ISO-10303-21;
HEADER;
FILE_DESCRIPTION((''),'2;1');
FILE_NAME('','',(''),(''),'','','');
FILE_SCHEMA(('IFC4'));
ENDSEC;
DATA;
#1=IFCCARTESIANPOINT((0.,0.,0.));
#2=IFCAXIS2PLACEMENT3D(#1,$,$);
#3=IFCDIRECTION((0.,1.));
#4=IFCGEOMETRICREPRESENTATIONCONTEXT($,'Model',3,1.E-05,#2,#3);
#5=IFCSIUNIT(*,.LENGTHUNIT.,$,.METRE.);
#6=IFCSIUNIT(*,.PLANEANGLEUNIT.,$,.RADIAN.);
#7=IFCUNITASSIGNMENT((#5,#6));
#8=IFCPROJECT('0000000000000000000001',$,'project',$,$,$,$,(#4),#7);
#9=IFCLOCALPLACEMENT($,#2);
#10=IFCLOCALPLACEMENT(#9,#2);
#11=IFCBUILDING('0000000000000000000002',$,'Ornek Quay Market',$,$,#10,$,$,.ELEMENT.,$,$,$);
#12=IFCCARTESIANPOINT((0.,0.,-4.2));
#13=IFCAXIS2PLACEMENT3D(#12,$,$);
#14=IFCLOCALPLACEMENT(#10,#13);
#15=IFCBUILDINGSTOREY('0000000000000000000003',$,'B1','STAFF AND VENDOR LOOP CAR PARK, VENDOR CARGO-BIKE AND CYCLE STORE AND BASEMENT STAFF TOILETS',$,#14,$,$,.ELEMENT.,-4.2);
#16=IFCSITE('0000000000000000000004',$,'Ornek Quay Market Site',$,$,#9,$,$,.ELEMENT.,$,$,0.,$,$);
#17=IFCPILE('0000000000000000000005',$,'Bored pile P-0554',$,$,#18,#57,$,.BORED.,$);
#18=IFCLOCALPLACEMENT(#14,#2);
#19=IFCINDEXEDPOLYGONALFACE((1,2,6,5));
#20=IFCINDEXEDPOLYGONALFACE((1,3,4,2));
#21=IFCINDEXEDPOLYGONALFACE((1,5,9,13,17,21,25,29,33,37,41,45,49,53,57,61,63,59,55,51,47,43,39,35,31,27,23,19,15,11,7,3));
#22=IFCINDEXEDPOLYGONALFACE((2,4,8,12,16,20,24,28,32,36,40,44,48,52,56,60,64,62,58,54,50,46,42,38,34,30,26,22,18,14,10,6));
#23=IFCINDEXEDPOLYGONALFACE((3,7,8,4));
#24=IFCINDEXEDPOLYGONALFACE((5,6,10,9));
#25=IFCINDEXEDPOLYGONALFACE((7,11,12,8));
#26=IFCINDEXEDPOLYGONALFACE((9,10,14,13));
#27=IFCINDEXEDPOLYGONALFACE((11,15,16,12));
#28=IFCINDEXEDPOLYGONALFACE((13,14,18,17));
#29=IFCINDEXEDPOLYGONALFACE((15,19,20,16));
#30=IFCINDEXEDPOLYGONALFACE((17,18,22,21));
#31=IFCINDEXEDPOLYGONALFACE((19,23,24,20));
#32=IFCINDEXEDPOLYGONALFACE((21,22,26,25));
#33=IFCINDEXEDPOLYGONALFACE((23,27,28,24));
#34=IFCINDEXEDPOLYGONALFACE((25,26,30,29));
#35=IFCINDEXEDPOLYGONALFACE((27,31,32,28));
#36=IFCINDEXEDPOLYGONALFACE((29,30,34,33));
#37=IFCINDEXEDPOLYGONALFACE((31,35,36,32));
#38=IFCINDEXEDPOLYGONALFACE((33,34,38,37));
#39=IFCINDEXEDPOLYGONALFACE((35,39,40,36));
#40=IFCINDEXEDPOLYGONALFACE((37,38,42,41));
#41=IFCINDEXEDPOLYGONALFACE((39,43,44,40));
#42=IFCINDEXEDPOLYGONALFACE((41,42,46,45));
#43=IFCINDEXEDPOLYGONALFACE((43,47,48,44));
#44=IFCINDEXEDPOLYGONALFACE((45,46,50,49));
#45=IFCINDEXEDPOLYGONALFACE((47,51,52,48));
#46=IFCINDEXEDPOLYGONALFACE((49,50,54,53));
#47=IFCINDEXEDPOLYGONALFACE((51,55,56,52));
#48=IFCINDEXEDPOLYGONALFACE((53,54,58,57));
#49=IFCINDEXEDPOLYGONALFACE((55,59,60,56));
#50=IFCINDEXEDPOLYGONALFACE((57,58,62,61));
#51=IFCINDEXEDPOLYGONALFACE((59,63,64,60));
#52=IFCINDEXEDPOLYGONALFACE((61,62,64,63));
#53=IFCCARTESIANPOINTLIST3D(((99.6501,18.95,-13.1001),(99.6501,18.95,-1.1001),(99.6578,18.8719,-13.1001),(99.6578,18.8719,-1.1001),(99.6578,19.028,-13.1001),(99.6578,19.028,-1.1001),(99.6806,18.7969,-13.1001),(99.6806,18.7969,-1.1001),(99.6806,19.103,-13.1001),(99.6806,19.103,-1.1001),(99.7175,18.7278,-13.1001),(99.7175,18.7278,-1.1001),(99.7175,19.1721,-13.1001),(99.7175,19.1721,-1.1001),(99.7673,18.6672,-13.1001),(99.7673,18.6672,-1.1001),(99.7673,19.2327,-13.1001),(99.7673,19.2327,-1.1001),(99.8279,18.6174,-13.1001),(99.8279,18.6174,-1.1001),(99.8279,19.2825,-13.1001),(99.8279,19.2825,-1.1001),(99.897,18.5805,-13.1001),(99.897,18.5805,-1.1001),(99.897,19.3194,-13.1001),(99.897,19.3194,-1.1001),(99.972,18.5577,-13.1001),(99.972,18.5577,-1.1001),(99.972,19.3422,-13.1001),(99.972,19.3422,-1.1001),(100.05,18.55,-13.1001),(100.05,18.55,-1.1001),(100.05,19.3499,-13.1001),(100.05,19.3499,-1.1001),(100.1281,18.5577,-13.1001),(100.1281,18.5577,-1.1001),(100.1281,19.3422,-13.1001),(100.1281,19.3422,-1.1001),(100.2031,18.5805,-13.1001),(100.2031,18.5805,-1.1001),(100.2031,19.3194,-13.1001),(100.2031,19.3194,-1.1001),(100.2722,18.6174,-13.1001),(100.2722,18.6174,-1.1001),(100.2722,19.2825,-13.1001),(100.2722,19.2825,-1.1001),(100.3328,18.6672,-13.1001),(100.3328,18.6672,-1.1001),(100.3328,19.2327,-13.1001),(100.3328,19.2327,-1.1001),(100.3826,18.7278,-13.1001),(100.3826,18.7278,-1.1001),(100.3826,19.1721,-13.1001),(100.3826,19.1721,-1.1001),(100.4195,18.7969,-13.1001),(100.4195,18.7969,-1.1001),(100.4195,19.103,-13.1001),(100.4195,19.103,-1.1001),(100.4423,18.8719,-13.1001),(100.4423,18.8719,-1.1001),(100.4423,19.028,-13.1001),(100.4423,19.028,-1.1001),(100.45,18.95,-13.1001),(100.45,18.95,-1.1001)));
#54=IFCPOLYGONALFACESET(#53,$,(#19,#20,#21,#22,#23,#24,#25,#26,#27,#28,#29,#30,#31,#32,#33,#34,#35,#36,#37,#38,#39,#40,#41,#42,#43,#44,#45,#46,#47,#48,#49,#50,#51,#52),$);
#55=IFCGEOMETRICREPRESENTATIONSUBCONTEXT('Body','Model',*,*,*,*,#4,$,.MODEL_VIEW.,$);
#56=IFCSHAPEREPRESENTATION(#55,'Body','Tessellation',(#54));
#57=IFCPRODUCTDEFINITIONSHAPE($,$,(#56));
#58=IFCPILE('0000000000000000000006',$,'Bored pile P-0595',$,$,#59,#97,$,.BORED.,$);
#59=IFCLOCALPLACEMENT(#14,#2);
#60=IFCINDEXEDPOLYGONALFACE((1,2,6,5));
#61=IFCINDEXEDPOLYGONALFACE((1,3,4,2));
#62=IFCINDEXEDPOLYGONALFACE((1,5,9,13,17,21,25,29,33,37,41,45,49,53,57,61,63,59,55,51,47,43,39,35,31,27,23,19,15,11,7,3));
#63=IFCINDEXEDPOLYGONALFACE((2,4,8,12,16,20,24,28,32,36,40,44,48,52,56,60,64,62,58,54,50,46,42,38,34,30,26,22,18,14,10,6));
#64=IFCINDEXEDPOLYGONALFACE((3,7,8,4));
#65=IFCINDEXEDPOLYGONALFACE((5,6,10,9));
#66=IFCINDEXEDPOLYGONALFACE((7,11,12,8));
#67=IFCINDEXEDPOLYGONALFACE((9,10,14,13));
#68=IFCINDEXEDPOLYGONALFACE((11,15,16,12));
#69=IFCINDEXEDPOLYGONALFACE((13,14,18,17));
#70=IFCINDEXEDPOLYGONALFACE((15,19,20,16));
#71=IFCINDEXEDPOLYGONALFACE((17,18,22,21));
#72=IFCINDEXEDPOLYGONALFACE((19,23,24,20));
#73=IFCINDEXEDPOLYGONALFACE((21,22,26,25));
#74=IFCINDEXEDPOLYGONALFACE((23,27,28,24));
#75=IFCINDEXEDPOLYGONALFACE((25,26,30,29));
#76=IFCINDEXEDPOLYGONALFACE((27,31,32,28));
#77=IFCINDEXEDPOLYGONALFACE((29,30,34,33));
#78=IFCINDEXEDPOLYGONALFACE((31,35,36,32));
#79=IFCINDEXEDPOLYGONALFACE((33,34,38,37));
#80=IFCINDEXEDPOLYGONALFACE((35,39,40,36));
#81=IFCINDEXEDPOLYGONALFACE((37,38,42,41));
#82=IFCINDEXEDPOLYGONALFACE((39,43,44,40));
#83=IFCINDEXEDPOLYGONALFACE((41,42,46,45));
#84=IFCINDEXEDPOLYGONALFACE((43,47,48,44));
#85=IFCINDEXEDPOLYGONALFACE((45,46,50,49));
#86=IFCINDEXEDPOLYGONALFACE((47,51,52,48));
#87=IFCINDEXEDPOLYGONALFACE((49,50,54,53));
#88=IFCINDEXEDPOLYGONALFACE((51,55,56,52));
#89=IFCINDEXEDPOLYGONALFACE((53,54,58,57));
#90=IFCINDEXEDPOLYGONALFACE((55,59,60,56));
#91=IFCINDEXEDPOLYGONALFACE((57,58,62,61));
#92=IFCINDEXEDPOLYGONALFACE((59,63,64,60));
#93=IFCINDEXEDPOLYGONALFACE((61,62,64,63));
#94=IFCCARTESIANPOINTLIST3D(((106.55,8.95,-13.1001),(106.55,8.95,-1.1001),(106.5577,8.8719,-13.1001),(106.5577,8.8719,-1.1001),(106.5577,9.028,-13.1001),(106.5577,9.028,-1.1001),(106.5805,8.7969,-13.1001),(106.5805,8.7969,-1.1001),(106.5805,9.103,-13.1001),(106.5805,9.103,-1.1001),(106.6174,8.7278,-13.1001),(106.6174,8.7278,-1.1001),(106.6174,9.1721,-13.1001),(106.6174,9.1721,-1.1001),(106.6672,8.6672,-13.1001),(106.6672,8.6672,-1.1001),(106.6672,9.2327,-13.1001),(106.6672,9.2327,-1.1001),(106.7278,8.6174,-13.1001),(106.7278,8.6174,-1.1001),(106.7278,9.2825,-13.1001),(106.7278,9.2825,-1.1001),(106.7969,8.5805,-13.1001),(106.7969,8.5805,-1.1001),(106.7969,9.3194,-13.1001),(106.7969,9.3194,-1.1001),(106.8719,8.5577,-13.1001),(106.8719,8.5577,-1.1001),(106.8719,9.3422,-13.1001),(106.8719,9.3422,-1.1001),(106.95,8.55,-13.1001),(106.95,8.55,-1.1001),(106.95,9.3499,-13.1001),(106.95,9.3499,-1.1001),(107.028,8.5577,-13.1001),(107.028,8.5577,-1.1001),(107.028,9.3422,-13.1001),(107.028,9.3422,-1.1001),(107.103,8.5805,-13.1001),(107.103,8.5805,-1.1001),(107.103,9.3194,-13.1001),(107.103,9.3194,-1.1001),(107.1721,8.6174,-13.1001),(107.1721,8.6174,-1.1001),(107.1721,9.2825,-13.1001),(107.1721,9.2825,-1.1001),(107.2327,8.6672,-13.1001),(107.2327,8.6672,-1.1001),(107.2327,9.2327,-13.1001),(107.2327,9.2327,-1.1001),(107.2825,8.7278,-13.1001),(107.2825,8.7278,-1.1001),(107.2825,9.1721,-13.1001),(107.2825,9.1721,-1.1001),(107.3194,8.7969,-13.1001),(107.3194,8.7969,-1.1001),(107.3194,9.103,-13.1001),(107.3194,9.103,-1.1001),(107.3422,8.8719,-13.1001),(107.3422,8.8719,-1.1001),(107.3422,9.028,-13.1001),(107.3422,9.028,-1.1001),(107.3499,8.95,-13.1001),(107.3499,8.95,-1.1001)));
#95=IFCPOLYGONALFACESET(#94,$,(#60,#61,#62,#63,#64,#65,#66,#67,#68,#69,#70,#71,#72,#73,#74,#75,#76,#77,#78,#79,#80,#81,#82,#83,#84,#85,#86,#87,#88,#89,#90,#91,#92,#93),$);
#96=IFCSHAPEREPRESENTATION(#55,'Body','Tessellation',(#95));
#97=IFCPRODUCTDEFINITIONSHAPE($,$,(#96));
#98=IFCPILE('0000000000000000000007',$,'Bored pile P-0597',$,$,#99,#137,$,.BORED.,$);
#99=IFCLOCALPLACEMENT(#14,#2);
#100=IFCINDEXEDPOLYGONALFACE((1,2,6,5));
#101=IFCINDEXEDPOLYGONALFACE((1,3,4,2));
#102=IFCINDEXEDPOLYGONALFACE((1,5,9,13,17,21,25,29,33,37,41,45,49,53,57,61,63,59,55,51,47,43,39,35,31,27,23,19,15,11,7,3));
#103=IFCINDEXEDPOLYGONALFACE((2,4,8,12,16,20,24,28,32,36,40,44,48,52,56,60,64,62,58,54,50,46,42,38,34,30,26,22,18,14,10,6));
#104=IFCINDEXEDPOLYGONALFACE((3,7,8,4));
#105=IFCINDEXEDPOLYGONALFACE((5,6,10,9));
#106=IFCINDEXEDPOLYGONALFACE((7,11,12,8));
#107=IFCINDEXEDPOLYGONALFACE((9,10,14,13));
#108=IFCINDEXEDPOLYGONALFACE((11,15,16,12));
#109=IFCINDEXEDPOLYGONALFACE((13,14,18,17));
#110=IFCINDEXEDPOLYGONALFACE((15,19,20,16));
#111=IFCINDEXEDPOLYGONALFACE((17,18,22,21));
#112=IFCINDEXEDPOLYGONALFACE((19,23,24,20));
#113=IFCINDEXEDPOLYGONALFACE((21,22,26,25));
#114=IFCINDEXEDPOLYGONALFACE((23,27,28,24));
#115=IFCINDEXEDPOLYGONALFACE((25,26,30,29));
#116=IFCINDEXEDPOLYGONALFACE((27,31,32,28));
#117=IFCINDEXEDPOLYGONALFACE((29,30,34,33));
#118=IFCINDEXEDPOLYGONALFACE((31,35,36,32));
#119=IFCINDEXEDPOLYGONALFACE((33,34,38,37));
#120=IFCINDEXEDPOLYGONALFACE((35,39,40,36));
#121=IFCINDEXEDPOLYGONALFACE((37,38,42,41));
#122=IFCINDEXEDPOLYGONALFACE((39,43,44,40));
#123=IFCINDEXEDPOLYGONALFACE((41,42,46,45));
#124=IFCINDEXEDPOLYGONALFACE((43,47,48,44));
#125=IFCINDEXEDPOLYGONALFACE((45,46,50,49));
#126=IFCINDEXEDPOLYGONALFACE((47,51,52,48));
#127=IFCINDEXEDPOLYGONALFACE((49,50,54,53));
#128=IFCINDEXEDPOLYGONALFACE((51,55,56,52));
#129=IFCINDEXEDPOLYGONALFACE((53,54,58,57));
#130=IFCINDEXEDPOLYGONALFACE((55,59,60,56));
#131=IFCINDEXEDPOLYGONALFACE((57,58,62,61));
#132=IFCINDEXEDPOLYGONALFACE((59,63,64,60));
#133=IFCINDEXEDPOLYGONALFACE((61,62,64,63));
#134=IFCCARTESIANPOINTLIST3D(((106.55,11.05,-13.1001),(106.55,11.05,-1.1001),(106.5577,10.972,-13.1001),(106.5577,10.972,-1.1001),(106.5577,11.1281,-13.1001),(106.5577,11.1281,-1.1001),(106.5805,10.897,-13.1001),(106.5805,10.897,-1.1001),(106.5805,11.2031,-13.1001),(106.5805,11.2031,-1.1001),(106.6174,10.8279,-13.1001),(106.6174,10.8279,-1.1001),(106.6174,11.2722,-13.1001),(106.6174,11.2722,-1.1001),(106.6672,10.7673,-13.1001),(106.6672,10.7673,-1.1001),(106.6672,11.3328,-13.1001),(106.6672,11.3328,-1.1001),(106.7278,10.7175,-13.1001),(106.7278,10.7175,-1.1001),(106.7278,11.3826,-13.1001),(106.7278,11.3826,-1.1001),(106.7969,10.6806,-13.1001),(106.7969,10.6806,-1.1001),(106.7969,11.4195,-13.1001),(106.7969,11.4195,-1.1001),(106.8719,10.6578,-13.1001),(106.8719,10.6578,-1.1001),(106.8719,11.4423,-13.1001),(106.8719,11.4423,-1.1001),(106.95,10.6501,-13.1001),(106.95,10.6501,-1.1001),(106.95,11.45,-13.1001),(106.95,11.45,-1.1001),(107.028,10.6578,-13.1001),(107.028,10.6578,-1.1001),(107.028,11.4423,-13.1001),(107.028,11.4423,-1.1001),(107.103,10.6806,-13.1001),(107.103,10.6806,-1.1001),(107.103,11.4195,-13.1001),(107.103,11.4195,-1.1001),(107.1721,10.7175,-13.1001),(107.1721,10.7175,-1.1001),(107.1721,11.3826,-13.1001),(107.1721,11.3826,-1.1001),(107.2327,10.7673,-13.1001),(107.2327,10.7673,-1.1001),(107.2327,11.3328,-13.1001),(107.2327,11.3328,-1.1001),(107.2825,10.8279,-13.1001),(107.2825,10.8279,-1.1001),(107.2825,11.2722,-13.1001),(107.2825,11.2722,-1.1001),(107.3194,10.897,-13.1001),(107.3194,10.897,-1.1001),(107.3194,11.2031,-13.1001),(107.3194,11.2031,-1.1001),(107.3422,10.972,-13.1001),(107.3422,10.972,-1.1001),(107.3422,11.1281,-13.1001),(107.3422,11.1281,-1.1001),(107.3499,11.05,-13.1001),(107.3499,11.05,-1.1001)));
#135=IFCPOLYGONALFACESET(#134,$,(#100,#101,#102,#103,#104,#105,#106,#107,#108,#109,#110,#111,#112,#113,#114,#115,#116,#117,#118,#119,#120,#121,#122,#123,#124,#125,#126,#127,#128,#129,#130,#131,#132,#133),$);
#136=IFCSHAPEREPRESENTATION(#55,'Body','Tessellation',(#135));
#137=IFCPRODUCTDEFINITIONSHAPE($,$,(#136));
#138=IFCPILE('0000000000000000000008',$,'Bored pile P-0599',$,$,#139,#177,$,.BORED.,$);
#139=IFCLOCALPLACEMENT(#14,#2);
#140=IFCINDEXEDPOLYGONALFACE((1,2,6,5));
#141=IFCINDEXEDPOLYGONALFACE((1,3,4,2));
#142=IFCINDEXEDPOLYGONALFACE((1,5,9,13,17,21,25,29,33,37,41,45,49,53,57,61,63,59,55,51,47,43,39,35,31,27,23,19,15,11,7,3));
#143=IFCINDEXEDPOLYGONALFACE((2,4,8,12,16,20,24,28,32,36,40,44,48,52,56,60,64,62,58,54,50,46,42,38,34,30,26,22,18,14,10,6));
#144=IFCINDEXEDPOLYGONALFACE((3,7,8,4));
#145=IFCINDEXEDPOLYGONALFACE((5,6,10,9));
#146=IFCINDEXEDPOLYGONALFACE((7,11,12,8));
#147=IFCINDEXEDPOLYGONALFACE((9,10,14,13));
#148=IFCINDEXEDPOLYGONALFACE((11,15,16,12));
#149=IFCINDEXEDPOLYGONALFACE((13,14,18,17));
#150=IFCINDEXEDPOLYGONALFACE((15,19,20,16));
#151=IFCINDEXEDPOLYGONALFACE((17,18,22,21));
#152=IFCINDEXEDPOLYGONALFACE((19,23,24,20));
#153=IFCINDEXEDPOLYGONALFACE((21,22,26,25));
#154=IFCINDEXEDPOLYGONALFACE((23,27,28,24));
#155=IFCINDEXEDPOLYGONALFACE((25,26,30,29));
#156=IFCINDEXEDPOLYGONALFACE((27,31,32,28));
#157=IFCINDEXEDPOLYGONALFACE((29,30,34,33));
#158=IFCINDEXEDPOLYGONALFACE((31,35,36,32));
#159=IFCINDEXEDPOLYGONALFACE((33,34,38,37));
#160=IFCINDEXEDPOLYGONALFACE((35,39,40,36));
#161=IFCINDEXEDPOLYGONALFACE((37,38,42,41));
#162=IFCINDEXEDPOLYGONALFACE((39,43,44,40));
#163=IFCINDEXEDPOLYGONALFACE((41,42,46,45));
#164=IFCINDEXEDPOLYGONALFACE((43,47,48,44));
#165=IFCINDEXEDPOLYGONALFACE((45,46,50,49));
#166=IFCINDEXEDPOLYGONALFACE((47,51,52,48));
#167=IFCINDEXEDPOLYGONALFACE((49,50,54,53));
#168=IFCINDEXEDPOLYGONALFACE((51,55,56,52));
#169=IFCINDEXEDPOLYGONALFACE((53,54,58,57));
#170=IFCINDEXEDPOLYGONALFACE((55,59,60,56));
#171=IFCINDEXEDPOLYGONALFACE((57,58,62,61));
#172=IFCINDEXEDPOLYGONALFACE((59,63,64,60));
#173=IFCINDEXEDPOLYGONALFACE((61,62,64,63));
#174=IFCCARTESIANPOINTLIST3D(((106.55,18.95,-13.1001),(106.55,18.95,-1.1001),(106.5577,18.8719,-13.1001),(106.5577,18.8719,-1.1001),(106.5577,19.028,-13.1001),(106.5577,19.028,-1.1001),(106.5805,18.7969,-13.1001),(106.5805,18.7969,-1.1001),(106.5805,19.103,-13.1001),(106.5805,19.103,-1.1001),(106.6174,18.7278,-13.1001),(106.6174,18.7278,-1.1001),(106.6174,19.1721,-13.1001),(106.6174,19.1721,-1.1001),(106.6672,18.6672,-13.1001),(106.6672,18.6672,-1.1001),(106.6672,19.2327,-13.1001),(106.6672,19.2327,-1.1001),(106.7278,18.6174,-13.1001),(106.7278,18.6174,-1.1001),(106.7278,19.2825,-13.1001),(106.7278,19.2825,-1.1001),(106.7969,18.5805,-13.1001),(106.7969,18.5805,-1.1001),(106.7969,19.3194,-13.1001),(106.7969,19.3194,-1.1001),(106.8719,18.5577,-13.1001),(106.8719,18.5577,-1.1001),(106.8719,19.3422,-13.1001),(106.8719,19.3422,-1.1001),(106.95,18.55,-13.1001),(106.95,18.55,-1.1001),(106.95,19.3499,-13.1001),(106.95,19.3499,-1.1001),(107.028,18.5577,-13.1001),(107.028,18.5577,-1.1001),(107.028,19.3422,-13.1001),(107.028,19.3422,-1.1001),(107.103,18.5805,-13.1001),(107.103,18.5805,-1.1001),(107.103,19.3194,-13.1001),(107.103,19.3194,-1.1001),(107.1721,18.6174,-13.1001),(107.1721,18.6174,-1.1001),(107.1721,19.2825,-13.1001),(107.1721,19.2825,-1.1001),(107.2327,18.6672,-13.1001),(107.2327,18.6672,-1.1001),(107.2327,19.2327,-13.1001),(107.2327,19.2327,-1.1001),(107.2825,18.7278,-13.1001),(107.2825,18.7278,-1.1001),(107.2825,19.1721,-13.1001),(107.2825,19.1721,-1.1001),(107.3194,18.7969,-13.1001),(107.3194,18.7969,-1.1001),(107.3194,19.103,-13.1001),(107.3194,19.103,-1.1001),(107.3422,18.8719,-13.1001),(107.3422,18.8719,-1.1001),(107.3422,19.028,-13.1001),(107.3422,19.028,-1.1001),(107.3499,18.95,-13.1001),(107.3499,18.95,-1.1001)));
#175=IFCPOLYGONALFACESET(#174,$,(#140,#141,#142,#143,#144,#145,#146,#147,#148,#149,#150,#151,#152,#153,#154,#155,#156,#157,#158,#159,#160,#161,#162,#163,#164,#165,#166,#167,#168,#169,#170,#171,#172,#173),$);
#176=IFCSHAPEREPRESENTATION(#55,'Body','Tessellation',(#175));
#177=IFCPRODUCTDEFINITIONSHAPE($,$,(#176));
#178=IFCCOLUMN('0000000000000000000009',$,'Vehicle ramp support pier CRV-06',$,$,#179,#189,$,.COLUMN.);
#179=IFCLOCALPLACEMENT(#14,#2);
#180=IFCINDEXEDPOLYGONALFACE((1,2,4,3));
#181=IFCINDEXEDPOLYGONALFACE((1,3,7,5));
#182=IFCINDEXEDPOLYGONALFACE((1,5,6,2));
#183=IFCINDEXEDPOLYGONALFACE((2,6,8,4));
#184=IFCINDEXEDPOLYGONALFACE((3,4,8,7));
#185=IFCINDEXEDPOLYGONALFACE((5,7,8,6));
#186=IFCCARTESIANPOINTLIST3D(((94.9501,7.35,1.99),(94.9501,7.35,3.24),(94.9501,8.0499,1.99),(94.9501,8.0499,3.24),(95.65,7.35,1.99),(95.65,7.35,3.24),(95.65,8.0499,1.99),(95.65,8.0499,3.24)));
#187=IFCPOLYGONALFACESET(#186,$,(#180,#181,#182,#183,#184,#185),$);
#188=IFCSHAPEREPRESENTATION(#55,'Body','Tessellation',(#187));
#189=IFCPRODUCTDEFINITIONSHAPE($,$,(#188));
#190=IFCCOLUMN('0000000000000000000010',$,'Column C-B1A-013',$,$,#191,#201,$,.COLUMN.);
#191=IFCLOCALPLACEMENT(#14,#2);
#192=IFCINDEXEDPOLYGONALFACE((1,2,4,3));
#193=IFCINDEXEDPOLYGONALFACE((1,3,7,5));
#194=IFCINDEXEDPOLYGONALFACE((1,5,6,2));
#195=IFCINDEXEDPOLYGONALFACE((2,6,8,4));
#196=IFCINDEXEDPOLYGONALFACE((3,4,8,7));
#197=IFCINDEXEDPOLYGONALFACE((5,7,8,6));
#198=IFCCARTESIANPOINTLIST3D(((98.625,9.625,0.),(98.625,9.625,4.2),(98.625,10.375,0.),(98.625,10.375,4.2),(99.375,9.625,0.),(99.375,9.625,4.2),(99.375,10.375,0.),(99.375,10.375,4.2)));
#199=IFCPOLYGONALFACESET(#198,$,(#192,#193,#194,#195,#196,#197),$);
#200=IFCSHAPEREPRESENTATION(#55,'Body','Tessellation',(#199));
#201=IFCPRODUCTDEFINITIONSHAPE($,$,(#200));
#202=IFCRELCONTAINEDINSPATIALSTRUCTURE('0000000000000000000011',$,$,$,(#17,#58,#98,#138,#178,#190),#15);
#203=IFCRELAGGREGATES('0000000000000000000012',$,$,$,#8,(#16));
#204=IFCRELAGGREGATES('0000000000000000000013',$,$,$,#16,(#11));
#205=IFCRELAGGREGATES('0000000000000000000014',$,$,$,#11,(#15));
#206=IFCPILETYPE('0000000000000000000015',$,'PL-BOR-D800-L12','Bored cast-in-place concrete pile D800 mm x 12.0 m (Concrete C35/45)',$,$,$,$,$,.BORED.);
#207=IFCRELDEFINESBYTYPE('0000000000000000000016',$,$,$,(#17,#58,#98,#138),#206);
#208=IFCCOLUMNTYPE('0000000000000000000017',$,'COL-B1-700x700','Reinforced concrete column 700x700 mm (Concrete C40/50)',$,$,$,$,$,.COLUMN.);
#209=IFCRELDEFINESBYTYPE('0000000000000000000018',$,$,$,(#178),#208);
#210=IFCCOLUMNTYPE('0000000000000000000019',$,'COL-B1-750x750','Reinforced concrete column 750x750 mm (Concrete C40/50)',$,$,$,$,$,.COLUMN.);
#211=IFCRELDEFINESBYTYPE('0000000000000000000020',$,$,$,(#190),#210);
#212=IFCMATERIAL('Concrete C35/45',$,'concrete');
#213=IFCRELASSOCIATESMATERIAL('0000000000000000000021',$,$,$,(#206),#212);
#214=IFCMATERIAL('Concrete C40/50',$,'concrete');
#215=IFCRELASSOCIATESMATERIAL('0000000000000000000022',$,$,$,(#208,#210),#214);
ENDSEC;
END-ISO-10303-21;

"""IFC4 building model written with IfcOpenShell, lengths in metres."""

from ifc_helpers import new_model, si_unit, direction, frame, origin, origin_2d, place, context, subcontext, project, spatial, rectangle, circle, extrude, material, material_profile, profile_set, type_object, element, save


model = new_model("IFC4")

# Units and contexts
model_context = context("Model", 3, precision=1e-05, world=origin(), true_north=direction((0.0, 1.0)))
body_context = subcontext(model_context, "Body", "Model", "MODEL_VIEW")
ifc_project = project(units=[si_unit("LENGTHUNIT", "METRE"), si_unit("PLANEANGLEUNIT", "RADIAN")], contexts=[model_context])

# Site, building, storey
site_placement = place(None, origin())
site = spatial("IfcSite", under=ifc_project, at=site_placement, Name="Ornek Quay Market Site", CompositionType="ELEMENT", RefElevation=0.0)
building_placement = place(site_placement, origin())
building = spatial("IfcBuilding", under=site, at=building_placement, Name="Ornek Quay Market", CompositionType="ELEMENT")
storey_placement = place(building_placement, frame((0.0, 0.0, -4.2)))
storey = spatial("IfcBuildingStorey", under=building, at=storey_placement, Name="B1", Description="STAFF AND VENDOR LOOP CAR PARK, VENDOR CARGO-BIKE AND CYCLE STORE AND BASEMENT STAFF TOILETS", CompositionType="ELEMENT", Elevation=-4.2)

# Piles
ifc_material_1 = material(Name="Concrete C35/45", Category="concrete")
ifc_material_profile_1 = material_profile(ifc_material_1, circle(Radius=0.3999, at=origin_2d()), Name="PILE D800", Category="concrete")
ifc_profile_set_1 = profile_set([ifc_material_profile_1], Name="Concrete C35/45")
pile_type = type_object("IfcPileType", Name="PL-BOR-D800-L12", Description="Bored cast-in-place concrete pile D800 mm x 12.0 m (Concrete C35/45)", PredefinedType="BORED", material=ifc_profile_set_1)
for number, where, z_axis, x_axis, name in (
    (1, (100.05, 18.95, -1.1001), (0.0, 0.0, -1.0), (1.0, 0.0, 0.0), "Bored pile P-0554"),
    (2, (106.95, 8.95, -1.1001), (0.0, 0.0, -1.0), (1.0, 0.0, 0.0), "Bored pile P-0595"),
    (3, (106.95, 11.05, -1.1001), (0.0, 0.0, -1.0), (1.0, 0.0, 0.0), "Bored pile P-0597"),
    (4, (106.95, 18.95, -1.1001), (0.0, 0.0, -1.0), (1.0, 0.0, 0.0), "Bored pile P-0599"),
):
    element("IfcPile", number, at=place(storey_placement, frame(where, z_axis=z_axis, x_axis=x_axis)), inside=storey, type_object=pile_type, Name=name, PredefinedType="BORED", context=body_context, shape_type="SweptSolid", body=[
        extrude(circle(Radius=0.3999, at=origin_2d()), origin(), (0.0, 0.0, 1.0), 12.0),
    ])

# Columns
ifc_material_2 = material(Name="Concrete C40/50", Category="concrete")
ifc_material_profile_2 = material_profile(ifc_material_2, rectangle(XDim=0.7, YDim=0.7, at=origin_2d()), Name="RC 700x700", Category="concrete")
ifc_profile_set_2 = profile_set([ifc_material_profile_2], Name="Concrete C40/50")
column_type_1 = type_object("IfcColumnType", Name="COL-B1-700x700", Description="Reinforced concrete column 700x700 mm (Concrete C40/50)", PredefinedType="COLUMN", material=ifc_profile_set_2)
column_placement = place(storey_placement, frame((95.3, 7.7, 1.99), z_axis=(0.0, 0.0, 1.0), x_axis=(1.0, 0.0, 0.0)))
element("IfcColumn", 5, at=column_placement, inside=storey, type_object=column_type_1, Name="Vehicle ramp support pier CRV-06", PredefinedType="COLUMN", context=body_context, shape_type="SweptSolid", body=[
    extrude(rectangle(XDim=0.7, YDim=0.7, at=origin_2d()), origin(), (0.0, 0.0, 1.0), 1.25),
])
ifc_material_profile_3 = material_profile(ifc_material_2, rectangle(XDim=0.75, YDim=0.75, at=origin_2d()), Name="RC 750x750", Category="concrete")
ifc_profile_set_3 = profile_set([ifc_material_profile_3], Name="Concrete C40/50")
column_type_2 = type_object("IfcColumnType", Name="COL-B1-750x750", Description="Reinforced concrete column 750x750 mm (Concrete C40/50)", PredefinedType="COLUMN", material=ifc_profile_set_3)
for number, where, z_axis, x_axis, name in (
    (6, (99.0, 10.0, 0.0), (0.0, 0.0, 1.0), (1.0, 0.0, 0.0), "Column C-B1A-013"),
):
    element("IfcColumn", number, at=place(storey_placement, frame(where, z_axis=z_axis, x_axis=x_axis)), inside=storey, type_object=column_type_2, Name=name, PredefinedType="COLUMN", context=body_context, shape_type="SweptSolid", body=[
        extrude(rectangle(XDim=0.75, YDim=0.75, at=origin_2d()), origin(), (0.0, 0.0, 1.0), 4.2),
    ])

save(model, "model.ifc")
